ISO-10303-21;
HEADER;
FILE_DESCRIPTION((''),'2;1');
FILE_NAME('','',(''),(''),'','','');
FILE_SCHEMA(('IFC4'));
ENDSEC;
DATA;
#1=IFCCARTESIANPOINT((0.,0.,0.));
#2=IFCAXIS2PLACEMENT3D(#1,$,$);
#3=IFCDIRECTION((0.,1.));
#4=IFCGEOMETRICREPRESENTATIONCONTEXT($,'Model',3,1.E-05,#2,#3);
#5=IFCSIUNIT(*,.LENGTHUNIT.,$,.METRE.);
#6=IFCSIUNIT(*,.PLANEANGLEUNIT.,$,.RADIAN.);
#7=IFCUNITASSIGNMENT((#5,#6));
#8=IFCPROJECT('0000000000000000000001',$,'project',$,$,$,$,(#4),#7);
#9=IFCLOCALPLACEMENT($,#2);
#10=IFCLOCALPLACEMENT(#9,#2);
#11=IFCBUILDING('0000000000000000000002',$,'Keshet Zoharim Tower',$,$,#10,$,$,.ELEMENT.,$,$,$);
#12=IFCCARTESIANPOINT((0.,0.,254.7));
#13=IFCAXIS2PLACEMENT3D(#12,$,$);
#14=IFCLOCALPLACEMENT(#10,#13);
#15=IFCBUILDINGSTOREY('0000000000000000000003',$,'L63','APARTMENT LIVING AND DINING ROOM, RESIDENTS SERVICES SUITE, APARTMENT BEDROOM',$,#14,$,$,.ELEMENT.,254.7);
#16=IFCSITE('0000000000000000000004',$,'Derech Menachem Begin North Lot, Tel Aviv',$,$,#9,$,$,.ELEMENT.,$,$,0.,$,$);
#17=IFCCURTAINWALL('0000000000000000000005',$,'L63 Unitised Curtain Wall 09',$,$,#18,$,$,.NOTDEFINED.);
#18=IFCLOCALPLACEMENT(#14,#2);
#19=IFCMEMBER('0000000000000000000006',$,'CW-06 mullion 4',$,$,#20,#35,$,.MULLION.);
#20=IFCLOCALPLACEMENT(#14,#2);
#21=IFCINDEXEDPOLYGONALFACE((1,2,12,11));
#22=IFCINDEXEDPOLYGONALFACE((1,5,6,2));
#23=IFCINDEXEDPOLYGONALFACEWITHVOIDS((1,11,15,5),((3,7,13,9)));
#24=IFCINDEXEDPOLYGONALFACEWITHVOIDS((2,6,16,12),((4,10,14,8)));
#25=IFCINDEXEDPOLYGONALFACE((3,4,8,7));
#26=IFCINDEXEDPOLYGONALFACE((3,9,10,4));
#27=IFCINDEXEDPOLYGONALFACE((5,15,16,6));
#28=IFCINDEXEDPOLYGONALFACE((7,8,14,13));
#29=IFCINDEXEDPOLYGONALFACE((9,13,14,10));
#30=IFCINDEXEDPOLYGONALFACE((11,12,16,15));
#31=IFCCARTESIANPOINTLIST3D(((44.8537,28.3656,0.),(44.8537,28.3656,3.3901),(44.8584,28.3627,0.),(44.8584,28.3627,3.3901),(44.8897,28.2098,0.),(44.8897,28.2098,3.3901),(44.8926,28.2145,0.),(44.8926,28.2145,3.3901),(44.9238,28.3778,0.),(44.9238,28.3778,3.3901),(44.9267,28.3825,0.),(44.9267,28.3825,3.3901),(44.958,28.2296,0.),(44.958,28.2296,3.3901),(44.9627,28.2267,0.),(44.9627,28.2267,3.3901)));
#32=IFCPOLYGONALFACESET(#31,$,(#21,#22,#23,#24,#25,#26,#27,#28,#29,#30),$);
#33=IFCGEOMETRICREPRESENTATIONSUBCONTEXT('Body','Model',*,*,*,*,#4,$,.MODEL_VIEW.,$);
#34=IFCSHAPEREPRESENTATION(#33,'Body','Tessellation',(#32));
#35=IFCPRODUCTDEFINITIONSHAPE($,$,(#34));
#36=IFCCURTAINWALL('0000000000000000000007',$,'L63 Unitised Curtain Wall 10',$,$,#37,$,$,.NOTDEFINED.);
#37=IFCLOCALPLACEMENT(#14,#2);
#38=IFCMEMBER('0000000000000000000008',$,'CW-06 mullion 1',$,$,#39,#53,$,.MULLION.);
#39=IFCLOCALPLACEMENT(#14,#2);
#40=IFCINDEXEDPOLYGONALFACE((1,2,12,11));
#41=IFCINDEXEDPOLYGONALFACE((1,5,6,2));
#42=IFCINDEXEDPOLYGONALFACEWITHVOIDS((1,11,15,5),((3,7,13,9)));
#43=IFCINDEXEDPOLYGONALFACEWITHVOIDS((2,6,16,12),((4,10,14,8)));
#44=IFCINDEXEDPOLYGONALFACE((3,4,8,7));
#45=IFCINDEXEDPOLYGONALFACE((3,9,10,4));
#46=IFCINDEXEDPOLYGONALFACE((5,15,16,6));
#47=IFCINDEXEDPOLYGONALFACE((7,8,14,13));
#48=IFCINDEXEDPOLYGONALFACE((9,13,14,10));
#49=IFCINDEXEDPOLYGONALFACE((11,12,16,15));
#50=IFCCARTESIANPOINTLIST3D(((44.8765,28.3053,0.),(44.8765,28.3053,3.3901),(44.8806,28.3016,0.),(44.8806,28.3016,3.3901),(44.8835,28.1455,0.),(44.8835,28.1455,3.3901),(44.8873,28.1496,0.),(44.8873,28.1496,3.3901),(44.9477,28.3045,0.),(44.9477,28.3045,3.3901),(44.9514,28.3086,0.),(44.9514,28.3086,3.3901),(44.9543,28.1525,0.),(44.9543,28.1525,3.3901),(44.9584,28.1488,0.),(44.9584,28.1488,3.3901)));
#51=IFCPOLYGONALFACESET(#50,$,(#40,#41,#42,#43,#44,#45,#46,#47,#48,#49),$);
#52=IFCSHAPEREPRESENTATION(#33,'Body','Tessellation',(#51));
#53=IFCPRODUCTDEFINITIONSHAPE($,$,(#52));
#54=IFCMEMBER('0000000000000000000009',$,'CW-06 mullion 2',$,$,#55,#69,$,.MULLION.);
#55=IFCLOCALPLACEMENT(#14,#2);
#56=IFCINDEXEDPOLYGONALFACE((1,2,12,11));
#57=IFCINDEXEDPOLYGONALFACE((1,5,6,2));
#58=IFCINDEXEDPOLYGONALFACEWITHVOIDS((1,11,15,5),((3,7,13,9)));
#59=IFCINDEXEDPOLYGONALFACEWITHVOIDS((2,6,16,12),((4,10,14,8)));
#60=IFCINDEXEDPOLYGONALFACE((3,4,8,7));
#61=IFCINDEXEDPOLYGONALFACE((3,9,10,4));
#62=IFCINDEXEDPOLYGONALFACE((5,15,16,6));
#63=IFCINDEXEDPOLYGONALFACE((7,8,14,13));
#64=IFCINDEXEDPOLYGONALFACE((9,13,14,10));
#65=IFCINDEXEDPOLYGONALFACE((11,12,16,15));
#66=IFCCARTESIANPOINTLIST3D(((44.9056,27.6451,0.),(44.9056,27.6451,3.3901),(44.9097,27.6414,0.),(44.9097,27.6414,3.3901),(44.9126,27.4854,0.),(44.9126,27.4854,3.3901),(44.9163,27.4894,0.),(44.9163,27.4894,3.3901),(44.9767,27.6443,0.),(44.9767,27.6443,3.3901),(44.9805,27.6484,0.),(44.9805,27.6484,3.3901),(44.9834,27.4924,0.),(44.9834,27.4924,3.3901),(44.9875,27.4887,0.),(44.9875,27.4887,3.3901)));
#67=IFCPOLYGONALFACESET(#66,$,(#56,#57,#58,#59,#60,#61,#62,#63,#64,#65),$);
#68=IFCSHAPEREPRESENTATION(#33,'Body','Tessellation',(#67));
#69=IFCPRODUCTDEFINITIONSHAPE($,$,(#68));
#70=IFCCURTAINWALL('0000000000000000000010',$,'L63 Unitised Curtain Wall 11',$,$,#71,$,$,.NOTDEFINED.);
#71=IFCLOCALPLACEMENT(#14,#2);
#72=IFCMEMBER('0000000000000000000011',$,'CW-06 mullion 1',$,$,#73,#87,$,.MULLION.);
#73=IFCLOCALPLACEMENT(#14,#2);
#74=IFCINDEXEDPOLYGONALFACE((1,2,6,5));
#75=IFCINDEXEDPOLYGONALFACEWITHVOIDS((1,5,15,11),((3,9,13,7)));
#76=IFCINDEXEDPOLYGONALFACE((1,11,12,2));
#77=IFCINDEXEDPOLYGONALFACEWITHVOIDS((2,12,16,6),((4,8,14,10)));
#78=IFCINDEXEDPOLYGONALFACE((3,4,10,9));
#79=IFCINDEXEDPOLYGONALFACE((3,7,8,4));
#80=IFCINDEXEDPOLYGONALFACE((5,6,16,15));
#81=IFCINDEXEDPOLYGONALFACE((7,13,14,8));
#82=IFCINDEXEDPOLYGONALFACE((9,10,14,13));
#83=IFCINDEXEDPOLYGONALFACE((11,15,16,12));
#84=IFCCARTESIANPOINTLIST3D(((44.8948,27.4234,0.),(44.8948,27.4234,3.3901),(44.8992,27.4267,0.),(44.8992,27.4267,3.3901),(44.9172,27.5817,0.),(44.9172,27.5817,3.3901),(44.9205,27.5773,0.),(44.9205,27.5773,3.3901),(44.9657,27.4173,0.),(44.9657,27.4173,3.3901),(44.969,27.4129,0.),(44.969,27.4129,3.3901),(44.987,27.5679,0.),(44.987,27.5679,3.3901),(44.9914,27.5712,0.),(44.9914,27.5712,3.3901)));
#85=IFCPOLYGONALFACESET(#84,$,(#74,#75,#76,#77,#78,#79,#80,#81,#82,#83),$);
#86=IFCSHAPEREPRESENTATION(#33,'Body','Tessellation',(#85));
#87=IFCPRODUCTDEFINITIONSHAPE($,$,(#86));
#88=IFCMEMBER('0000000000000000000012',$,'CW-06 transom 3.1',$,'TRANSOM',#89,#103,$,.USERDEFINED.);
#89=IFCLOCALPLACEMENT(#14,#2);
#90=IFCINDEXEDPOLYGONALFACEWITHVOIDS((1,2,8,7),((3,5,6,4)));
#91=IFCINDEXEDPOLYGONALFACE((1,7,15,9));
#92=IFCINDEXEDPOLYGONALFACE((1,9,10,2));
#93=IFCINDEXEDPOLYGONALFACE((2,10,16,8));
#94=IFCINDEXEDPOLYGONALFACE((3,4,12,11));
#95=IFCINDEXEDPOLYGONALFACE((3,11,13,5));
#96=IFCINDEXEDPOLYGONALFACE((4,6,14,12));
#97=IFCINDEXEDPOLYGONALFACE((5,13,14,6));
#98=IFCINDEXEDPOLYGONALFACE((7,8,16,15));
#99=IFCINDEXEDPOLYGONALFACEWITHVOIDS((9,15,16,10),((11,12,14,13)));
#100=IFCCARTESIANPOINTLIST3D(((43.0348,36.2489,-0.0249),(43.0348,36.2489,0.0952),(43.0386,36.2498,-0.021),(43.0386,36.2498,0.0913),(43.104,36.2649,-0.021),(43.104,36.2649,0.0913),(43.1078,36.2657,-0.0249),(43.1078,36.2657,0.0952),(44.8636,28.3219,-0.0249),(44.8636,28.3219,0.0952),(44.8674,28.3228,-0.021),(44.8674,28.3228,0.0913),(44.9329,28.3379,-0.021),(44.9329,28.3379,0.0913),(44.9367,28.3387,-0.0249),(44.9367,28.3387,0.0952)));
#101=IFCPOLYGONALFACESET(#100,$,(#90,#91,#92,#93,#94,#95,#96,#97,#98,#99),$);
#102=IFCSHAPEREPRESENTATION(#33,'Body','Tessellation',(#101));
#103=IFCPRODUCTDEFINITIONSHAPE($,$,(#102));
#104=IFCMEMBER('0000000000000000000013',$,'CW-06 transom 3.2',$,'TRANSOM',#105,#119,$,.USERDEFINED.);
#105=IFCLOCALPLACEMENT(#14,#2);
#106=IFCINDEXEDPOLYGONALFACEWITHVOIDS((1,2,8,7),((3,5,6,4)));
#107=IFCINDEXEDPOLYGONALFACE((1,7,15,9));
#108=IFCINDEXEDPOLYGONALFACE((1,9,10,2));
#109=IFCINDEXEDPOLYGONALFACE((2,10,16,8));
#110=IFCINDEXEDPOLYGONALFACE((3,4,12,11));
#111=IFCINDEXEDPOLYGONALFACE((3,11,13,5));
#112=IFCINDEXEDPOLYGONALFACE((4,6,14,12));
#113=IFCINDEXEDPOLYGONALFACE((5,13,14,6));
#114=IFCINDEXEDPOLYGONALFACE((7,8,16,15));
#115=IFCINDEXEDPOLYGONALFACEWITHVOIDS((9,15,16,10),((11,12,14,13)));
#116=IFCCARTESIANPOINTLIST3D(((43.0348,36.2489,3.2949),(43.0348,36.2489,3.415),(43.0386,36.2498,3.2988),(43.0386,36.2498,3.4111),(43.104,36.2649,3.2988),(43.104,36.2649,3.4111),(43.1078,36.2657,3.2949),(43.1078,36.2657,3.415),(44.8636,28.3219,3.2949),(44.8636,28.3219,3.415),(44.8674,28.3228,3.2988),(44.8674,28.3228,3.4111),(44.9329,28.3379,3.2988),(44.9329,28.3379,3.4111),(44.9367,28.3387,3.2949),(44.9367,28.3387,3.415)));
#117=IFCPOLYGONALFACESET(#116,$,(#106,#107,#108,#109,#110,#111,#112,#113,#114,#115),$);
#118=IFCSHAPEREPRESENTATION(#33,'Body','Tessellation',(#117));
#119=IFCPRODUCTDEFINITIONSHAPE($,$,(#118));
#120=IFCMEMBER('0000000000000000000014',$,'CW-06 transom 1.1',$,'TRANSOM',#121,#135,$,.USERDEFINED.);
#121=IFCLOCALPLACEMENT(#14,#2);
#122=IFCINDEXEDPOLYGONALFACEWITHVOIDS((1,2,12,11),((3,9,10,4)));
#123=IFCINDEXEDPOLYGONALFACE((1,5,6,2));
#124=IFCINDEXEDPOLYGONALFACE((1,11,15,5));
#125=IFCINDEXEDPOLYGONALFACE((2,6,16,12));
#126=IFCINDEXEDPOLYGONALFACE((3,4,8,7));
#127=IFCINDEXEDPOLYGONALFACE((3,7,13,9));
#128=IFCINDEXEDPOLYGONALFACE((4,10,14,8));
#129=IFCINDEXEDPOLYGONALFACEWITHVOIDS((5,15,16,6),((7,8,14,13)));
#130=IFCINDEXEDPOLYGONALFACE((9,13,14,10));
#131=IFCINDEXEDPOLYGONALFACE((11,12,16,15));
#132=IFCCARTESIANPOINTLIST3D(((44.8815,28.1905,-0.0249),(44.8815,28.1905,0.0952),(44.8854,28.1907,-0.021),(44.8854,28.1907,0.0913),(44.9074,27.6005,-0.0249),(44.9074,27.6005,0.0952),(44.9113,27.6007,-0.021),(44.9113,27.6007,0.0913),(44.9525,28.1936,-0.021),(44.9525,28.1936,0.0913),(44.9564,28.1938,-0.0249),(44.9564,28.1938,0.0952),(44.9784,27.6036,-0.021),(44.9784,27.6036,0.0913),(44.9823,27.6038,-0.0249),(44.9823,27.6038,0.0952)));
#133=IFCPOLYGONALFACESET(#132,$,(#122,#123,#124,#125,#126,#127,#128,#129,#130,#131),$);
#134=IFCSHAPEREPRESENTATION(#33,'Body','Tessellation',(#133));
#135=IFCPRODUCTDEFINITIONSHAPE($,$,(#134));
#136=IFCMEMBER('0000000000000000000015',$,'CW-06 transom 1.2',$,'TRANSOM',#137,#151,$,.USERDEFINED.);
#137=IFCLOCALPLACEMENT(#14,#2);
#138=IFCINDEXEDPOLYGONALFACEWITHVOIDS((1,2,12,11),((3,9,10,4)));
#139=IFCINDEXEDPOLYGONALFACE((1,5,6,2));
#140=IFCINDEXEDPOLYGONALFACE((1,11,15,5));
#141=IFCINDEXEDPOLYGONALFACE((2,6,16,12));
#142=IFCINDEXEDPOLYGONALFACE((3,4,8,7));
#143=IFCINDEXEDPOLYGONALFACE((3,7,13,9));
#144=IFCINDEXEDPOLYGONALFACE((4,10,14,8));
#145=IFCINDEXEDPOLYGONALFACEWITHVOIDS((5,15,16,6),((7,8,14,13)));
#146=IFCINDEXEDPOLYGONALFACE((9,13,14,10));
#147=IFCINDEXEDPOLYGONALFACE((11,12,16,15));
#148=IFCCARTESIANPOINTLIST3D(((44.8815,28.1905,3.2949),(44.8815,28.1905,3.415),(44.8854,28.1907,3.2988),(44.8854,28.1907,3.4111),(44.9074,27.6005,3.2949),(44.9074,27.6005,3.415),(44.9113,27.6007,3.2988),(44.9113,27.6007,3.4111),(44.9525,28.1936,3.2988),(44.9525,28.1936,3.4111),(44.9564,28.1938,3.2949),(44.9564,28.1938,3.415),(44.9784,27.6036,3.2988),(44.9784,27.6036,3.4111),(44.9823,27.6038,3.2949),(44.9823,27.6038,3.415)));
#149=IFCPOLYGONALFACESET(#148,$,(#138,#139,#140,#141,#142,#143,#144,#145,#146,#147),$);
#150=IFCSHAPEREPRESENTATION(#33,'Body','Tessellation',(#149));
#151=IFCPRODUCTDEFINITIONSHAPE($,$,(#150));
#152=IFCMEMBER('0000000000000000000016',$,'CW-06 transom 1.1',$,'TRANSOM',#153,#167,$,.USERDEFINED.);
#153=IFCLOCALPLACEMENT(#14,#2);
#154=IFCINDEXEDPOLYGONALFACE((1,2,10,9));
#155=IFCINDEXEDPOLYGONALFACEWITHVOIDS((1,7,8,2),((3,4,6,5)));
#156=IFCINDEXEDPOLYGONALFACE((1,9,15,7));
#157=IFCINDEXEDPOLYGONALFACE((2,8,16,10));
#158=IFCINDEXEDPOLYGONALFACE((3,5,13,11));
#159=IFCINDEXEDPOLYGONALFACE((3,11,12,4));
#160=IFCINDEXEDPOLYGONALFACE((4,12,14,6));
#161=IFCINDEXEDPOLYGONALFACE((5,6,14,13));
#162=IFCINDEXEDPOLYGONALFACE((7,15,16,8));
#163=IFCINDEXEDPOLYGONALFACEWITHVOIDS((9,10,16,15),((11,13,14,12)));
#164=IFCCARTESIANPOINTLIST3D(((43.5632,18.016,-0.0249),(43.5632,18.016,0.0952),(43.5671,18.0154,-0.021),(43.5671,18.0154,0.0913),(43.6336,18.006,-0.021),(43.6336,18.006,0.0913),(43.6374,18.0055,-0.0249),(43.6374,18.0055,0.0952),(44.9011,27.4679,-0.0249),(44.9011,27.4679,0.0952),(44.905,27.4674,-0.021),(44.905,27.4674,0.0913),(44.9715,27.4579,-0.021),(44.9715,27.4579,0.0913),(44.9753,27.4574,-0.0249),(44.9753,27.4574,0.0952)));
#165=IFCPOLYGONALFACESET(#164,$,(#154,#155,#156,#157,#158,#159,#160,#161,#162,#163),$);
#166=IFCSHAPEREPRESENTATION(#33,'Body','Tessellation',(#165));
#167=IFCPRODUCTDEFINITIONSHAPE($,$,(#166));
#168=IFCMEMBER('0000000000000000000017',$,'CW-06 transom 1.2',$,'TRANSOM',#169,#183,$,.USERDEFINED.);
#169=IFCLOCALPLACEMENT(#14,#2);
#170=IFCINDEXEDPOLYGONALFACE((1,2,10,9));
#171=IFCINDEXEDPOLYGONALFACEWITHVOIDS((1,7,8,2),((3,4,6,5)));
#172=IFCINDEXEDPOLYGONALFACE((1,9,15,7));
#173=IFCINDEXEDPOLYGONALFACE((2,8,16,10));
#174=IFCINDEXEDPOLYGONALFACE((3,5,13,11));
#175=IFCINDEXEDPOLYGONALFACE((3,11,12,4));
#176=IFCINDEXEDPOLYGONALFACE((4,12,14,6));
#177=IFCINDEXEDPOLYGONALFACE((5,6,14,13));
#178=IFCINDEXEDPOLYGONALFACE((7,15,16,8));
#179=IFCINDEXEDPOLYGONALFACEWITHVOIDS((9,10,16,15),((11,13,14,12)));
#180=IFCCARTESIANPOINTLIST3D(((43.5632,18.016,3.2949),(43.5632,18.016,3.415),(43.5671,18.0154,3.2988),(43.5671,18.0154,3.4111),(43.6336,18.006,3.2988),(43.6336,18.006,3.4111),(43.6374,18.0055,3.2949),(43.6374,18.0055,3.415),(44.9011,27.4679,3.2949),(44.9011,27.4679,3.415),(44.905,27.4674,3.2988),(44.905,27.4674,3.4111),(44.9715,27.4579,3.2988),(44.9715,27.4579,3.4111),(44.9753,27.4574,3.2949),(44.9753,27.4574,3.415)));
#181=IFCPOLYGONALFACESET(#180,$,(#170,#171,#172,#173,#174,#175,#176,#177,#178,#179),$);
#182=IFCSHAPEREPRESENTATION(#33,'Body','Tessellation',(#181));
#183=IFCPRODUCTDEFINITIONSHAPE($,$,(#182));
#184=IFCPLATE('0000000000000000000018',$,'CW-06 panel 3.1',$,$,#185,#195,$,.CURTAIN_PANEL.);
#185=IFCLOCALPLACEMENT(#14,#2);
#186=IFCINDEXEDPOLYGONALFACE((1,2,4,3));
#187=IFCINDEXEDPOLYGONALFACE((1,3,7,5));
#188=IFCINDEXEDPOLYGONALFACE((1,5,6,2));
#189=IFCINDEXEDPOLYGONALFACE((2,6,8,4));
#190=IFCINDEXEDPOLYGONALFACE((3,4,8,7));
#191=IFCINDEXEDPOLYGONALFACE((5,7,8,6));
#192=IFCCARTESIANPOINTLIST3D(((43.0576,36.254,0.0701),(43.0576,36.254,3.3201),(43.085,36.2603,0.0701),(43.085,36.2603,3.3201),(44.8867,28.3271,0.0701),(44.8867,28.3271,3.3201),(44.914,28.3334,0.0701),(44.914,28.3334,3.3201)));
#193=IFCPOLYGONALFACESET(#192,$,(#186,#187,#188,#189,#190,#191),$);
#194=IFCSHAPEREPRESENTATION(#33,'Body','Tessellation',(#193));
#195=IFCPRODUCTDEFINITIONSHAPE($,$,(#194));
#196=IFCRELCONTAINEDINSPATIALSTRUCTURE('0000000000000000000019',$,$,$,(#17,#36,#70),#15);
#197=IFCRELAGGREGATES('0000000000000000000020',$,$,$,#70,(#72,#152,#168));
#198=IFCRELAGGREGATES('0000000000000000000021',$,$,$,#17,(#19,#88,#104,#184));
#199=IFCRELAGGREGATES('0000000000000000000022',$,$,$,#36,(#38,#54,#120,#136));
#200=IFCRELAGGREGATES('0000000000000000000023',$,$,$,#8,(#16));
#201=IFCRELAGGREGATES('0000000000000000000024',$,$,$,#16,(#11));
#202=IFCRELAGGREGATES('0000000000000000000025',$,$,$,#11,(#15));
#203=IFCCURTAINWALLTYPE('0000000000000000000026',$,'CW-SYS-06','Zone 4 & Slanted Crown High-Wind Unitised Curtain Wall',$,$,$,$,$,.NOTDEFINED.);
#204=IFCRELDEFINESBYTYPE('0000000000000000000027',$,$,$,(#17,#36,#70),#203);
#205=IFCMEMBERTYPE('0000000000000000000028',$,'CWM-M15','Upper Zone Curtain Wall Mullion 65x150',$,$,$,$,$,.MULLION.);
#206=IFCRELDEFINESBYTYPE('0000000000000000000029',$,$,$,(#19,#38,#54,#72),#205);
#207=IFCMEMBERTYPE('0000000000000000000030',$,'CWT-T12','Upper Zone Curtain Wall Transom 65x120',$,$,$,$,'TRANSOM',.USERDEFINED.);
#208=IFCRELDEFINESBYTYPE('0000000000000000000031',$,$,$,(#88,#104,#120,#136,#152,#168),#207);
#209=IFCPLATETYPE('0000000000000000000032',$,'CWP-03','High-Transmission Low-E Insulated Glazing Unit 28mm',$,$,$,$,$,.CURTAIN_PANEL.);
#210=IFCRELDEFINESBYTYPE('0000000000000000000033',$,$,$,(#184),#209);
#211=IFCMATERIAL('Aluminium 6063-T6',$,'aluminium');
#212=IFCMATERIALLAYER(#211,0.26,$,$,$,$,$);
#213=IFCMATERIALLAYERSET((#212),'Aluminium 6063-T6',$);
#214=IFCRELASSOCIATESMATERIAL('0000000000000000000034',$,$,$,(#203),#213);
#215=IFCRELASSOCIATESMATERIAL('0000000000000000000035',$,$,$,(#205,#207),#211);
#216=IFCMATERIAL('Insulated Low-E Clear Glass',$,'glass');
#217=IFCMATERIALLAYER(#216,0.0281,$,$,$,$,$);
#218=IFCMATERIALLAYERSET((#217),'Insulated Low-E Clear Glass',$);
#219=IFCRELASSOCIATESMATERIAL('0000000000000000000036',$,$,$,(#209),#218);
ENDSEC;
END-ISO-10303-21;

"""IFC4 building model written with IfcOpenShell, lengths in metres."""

from ifc_helpers import new_model, si_unit, direction, frame, origin, origin_2d, place, context, subcontext, project, spatial, rectangle, hollow_rectangle, extrude, material, layer, layer_set, material_profile, profile_set, type_object, element, aggregate, save


model = new_model("IFC4")

# Units and contexts
model_context = context("Model", 3, precision=1e-05, world=origin(), true_north=direction((0.0, 1.0)))
body_context = subcontext(model_context, "Body", "Model", "MODEL_VIEW")
ifc_project = project(units=[si_unit("LENGTHUNIT", "METRE"), si_unit("PLANEANGLEUNIT", "RADIAN")], contexts=[model_context])

# Site, building, storey
site_placement = place(None, origin())
site = spatial("IfcSite", under=ifc_project, at=site_placement, Name="Derech Menachem Begin North Lot, Tel Aviv", CompositionType="ELEMENT", RefElevation=0.0)
building_placement = place(site_placement, origin())
building = spatial("IfcBuilding", under=site, at=building_placement, Name="Keshet Zoharim Tower", CompositionType="ELEMENT")
storey_placement = place(building_placement, frame((0.0, 0.0, 254.7)))
storey = spatial("IfcBuildingStorey", under=building, at=storey_placement, Name="L63", Description="APARTMENT LIVING AND DINING ROOM, RESIDENTS SERVICES SUITE, APARTMENT BEDROOM", CompositionType="ELEMENT", Elevation=254.7)

# Curtain walls, members
ifc_material_1 = material(Name="Aluminium 6063-T6", Category="aluminium")
ifc_layer_1 = layer(ifc_material_1, 0.26)
ifc_layer_set_1 = layer_set([ifc_layer_1], Name="Aluminium 6063-T6")
curtain_wall_type = type_object("IfcCurtainWallType", Name="CW-SYS-06", Description="Zone 4 & Slanted Crown High-Wind Unitised Curtain Wall", PredefinedType="NOTDEFINED", material=ifc_layer_set_1)
curtain_wall_1_placement = place(storey_placement, origin())
curtain_wall_1 = element("IfcCurtainWall", 1, at=curtain_wall_1_placement, inside=storey, type_object=curtain_wall_type, Name="L63 Unitised Curtain Wall 09", PredefinedType="NOTDEFINED")
ifc_material_profile_1 = material_profile(ifc_material_1, hollow_rectangle(XDim=0.075, YDim=0.1599, WallThickness=0.0039, at=origin_2d()), Name="MUL-75x160")
ifc_profile_set_1 = profile_set([ifc_material_profile_1], Name="Aluminium 6063-T6")
member_type_1 = type_object("IfcMemberType", Name="CWM-M15", Description="Upper Zone Curtain Wall Mullion 65x150", PredefinedType="MULLION", material=ifc_profile_set_1)
member_1_placement = place(storey_placement, frame((44.9082, 28.2961, 0.0), z_axis=(0.0, 0.0, 1.0), x_axis=(0.974398, 0.22483, 0.0)))
member_1 = element("IfcMember", 2, at=member_1_placement, type_object=member_type_1, Name="CW-06 mullion 4", PredefinedType="MULLION", context=body_context, shape_type="SweptSolid", body=[
    extrude(hollow_rectangle(XDim=0.075, YDim=0.1599, WallThickness=0.0039, at=origin_2d()), origin(), (0.0, 0.0, 1.0), 3.3901),
])
curtain_wall_2_placement = place(storey_placement, origin())
curtain_wall_2 = element("IfcCurtainWall", 3, at=curtain_wall_2_placement, inside=storey, type_object=curtain_wall_type, Name="L63 Unitised Curtain Wall 10", PredefinedType="NOTDEFINED")
member_2_placement = place(storey_placement, frame((44.9175, 28.2271, 0.0), z_axis=(0.0, 0.0, 1.0), x_axis=(0.999041, 0.043794, 0.0)))
member_2 = element("IfcMember", 4, at=member_2_placement, type_object=member_type_1, Name="CW-06 mullion 1", PredefinedType="MULLION", context=body_context, shape_type="SweptSolid", body=[
    extrude(hollow_rectangle(XDim=0.075, YDim=0.1599, WallThickness=0.0039, at=origin_2d()), origin(), (0.0, 0.0, 1.0), 3.3901),
])
member_3_placement = place(storey_placement, frame((44.9465, 27.5669, 0.0), z_axis=(0.0, 0.0, 1.0), x_axis=(0.999041, 0.043794, 0.0)))
member_3 = element("IfcMember", 5, at=member_3_placement, type_object=member_type_1, Name="CW-06 mullion 2", PredefinedType="MULLION", context=body_context, shape_type="SweptSolid", body=[
    extrude(hollow_rectangle(XDim=0.075, YDim=0.1599, WallThickness=0.0039, at=origin_2d()), origin(), (0.0, 0.0, 1.0), 3.3901),
])

# Curtain wall, member
curtain_wall_3_placement = place(storey_placement, origin())
curtain_wall_3 = element("IfcCurtainWall", 6, at=curtain_wall_3_placement, inside=storey, type_object=curtain_wall_type, Name="L63 Unitised Curtain Wall 11", PredefinedType="NOTDEFINED")
member_4_placement = place(storey_placement, frame((44.9431, 27.4973, 0.0), z_axis=(0.0, 0.0, 1.0), x_axis=(0.990132, -0.140137, 0.0)))
member_4 = element("IfcMember", 7, at=member_4_placement, type_object=member_type_1, Name="CW-06 mullion 1", PredefinedType="MULLION", context=body_context, shape_type="SweptSolid", body=[
    extrude(hollow_rectangle(XDim=0.075, YDim=0.1599, WallThickness=0.0039, at=origin_2d()), origin(), (0.0, 0.0, 1.0), 3.3901),
])

# Members
ifc_material_profile_2 = material_profile(ifc_material_1, hollow_rectangle(XDim=0.075, YDim=0.1201, WallThickness=0.0039, at=origin_2d()), Name="TRN-75x120")
ifc_profile_set_2 = profile_set([ifc_material_profile_2], Name="Aluminium 6063-T6")
member_type_2 = type_object("IfcMemberType", Name="CWT-T12", Description="Upper Zone Curtain Wall Transom 65x120", ElementType="TRANSOM", PredefinedType="USERDEFINED", material=ifc_profile_set_2)
member_5_placement = place(storey_placement, frame((43.0713, 36.2573, 0.0352), z_axis=(0.224807, -0.974403, 0.0), x_axis=(0.974403, 0.224807, 0.0)))
member_5 = element("IfcMember", 8, at=member_5_placement, type_object=member_type_2, Name="CW-06 transom 3.1", ObjectType="TRANSOM", PredefinedType="USERDEFINED", context=body_context, shape_type="SweptSolid", body=[
    extrude(hollow_rectangle(XDim=0.075, YDim=0.1201, WallThickness=0.0039, at=origin_2d()), origin(), (0.0, 0.0, 1.0), 8.1353),
])
member_6_placement = place(storey_placement, frame((43.0713, 36.2573, 3.355), z_axis=(0.224807, -0.974403, 0.0), x_axis=(0.974403, 0.224807, 0.0)))
member_6 = element("IfcMember", 9, at=member_6_placement, type_object=member_type_2, Name="CW-06 transom 3.2", ObjectType="TRANSOM", PredefinedType="USERDEFINED", context=body_context, shape_type="SweptSolid", body=[
    extrude(hollow_rectangle(XDim=0.075, YDim=0.1201, WallThickness=0.0039, at=origin_2d()), origin(), (0.0, 0.0, 1.0), 8.1353),
])
member_7_placement = place(storey_placement, frame((44.9189, 28.1921, 0.0352), z_axis=(0.043814, -0.99904, 0.0), x_axis=(0.99904, 0.043814, 0.0)))
member_7 = element("IfcMember", 10, at=member_7_placement, type_object=member_type_2, Name="CW-06 transom 1.1", ObjectType="TRANSOM", PredefinedType="USERDEFINED", context=body_context, shape_type="SweptSolid", body=[
    extrude(hollow_rectangle(XDim=0.075, YDim=0.1201, WallThickness=0.0039, at=origin_2d()), origin(), (0.0, 0.0, 1.0), 0.5906),
])
member_8_placement = place(storey_placement, frame((44.9189, 28.1921, 3.355), z_axis=(0.043814, -0.99904, 0.0), x_axis=(0.99904, 0.043814, 0.0)))
member_8 = element("IfcMember", 11, at=member_8_placement, type_object=member_type_2, Name="CW-06 transom 1.2", ObjectType="TRANSOM", PredefinedType="USERDEFINED", context=body_context, shape_type="SweptSolid", body=[
    extrude(hollow_rectangle(XDim=0.075, YDim=0.1201, WallThickness=0.0039, at=origin_2d()), origin(), (0.0, 0.0, 1.0), 0.5906),
])
member_9_placement = place(storey_placement, frame((44.9382, 27.4626, 0.0352), z_axis=(-0.14015, -0.99013, 0.0), x_axis=(0.99013, -0.14015, 0.0)))
member_9 = element("IfcMember", 12, at=member_9_placement, type_object=member_type_2, Name="CW-06 transom 1.1", ObjectType="TRANSOM", PredefinedType="USERDEFINED", context=body_context, shape_type="SweptSolid", body=[
    extrude(hollow_rectangle(XDim=0.075, YDim=0.1201, WallThickness=0.0039, at=origin_2d()), origin(), (0.0, 0.0, 1.0), 9.5461),
])
member_10_placement = place(storey_placement, frame((44.9382, 27.4626, 3.355), z_axis=(-0.14015, -0.99013, 0.0), x_axis=(0.99013, -0.14015, 0.0)))
member_10 = element("IfcMember", 13, at=member_10_placement, type_object=member_type_2, Name="CW-06 transom 1.2", ObjectType="TRANSOM", PredefinedType="USERDEFINED", context=body_context, shape_type="SweptSolid", body=[
    extrude(hollow_rectangle(XDim=0.075, YDim=0.1201, WallThickness=0.0039, at=origin_2d()), origin(), (0.0, 0.0, 1.0), 9.5461),
])
aggregate(curtain_wall_3, [member_4, member_9, member_10])

# Plate
ifc_material_2 = material(Name="Insulated Low-E Clear Glass", Category="glass")
ifc_layer_2 = layer(ifc_material_2, 0.0281)
ifc_layer_set_2 = layer_set([ifc_layer_2], Name="Insulated Low-E Clear Glass")
plate_type = type_object("IfcPlateType", Name="CWP-03", Description="High-Transmission Low-E Insulated Glazing Unit 28mm", PredefinedType="CURTAIN_PANEL", material=ifc_layer_set_2)
plate_1_placement = place(storey_placement, frame((43.9858, 32.2937, 0.0701), z_axis=(0.0, 0.0, 1.0), x_axis=(0.22483, -0.974398, 0.0)))
plate_1 = element("IfcPlate", 14, at=plate_1_placement, type_object=plate_type, Name="CW-06 panel 3.1", PredefinedType="CURTAIN_PANEL", context=body_context, shape_type="SweptSolid", body=[
    extrude(rectangle(XDim=8.1353, YDim=0.0281, at=origin_2d()), origin(), (0.0, 0.0, 1.0), 3.25),
])
aggregate(curtain_wall_1, [member_1, member_5, member_6, plate_1])
aggregate(curtain_wall_2, [member_2, member_3, member_7, member_8])

save(model, "model.ifc")
